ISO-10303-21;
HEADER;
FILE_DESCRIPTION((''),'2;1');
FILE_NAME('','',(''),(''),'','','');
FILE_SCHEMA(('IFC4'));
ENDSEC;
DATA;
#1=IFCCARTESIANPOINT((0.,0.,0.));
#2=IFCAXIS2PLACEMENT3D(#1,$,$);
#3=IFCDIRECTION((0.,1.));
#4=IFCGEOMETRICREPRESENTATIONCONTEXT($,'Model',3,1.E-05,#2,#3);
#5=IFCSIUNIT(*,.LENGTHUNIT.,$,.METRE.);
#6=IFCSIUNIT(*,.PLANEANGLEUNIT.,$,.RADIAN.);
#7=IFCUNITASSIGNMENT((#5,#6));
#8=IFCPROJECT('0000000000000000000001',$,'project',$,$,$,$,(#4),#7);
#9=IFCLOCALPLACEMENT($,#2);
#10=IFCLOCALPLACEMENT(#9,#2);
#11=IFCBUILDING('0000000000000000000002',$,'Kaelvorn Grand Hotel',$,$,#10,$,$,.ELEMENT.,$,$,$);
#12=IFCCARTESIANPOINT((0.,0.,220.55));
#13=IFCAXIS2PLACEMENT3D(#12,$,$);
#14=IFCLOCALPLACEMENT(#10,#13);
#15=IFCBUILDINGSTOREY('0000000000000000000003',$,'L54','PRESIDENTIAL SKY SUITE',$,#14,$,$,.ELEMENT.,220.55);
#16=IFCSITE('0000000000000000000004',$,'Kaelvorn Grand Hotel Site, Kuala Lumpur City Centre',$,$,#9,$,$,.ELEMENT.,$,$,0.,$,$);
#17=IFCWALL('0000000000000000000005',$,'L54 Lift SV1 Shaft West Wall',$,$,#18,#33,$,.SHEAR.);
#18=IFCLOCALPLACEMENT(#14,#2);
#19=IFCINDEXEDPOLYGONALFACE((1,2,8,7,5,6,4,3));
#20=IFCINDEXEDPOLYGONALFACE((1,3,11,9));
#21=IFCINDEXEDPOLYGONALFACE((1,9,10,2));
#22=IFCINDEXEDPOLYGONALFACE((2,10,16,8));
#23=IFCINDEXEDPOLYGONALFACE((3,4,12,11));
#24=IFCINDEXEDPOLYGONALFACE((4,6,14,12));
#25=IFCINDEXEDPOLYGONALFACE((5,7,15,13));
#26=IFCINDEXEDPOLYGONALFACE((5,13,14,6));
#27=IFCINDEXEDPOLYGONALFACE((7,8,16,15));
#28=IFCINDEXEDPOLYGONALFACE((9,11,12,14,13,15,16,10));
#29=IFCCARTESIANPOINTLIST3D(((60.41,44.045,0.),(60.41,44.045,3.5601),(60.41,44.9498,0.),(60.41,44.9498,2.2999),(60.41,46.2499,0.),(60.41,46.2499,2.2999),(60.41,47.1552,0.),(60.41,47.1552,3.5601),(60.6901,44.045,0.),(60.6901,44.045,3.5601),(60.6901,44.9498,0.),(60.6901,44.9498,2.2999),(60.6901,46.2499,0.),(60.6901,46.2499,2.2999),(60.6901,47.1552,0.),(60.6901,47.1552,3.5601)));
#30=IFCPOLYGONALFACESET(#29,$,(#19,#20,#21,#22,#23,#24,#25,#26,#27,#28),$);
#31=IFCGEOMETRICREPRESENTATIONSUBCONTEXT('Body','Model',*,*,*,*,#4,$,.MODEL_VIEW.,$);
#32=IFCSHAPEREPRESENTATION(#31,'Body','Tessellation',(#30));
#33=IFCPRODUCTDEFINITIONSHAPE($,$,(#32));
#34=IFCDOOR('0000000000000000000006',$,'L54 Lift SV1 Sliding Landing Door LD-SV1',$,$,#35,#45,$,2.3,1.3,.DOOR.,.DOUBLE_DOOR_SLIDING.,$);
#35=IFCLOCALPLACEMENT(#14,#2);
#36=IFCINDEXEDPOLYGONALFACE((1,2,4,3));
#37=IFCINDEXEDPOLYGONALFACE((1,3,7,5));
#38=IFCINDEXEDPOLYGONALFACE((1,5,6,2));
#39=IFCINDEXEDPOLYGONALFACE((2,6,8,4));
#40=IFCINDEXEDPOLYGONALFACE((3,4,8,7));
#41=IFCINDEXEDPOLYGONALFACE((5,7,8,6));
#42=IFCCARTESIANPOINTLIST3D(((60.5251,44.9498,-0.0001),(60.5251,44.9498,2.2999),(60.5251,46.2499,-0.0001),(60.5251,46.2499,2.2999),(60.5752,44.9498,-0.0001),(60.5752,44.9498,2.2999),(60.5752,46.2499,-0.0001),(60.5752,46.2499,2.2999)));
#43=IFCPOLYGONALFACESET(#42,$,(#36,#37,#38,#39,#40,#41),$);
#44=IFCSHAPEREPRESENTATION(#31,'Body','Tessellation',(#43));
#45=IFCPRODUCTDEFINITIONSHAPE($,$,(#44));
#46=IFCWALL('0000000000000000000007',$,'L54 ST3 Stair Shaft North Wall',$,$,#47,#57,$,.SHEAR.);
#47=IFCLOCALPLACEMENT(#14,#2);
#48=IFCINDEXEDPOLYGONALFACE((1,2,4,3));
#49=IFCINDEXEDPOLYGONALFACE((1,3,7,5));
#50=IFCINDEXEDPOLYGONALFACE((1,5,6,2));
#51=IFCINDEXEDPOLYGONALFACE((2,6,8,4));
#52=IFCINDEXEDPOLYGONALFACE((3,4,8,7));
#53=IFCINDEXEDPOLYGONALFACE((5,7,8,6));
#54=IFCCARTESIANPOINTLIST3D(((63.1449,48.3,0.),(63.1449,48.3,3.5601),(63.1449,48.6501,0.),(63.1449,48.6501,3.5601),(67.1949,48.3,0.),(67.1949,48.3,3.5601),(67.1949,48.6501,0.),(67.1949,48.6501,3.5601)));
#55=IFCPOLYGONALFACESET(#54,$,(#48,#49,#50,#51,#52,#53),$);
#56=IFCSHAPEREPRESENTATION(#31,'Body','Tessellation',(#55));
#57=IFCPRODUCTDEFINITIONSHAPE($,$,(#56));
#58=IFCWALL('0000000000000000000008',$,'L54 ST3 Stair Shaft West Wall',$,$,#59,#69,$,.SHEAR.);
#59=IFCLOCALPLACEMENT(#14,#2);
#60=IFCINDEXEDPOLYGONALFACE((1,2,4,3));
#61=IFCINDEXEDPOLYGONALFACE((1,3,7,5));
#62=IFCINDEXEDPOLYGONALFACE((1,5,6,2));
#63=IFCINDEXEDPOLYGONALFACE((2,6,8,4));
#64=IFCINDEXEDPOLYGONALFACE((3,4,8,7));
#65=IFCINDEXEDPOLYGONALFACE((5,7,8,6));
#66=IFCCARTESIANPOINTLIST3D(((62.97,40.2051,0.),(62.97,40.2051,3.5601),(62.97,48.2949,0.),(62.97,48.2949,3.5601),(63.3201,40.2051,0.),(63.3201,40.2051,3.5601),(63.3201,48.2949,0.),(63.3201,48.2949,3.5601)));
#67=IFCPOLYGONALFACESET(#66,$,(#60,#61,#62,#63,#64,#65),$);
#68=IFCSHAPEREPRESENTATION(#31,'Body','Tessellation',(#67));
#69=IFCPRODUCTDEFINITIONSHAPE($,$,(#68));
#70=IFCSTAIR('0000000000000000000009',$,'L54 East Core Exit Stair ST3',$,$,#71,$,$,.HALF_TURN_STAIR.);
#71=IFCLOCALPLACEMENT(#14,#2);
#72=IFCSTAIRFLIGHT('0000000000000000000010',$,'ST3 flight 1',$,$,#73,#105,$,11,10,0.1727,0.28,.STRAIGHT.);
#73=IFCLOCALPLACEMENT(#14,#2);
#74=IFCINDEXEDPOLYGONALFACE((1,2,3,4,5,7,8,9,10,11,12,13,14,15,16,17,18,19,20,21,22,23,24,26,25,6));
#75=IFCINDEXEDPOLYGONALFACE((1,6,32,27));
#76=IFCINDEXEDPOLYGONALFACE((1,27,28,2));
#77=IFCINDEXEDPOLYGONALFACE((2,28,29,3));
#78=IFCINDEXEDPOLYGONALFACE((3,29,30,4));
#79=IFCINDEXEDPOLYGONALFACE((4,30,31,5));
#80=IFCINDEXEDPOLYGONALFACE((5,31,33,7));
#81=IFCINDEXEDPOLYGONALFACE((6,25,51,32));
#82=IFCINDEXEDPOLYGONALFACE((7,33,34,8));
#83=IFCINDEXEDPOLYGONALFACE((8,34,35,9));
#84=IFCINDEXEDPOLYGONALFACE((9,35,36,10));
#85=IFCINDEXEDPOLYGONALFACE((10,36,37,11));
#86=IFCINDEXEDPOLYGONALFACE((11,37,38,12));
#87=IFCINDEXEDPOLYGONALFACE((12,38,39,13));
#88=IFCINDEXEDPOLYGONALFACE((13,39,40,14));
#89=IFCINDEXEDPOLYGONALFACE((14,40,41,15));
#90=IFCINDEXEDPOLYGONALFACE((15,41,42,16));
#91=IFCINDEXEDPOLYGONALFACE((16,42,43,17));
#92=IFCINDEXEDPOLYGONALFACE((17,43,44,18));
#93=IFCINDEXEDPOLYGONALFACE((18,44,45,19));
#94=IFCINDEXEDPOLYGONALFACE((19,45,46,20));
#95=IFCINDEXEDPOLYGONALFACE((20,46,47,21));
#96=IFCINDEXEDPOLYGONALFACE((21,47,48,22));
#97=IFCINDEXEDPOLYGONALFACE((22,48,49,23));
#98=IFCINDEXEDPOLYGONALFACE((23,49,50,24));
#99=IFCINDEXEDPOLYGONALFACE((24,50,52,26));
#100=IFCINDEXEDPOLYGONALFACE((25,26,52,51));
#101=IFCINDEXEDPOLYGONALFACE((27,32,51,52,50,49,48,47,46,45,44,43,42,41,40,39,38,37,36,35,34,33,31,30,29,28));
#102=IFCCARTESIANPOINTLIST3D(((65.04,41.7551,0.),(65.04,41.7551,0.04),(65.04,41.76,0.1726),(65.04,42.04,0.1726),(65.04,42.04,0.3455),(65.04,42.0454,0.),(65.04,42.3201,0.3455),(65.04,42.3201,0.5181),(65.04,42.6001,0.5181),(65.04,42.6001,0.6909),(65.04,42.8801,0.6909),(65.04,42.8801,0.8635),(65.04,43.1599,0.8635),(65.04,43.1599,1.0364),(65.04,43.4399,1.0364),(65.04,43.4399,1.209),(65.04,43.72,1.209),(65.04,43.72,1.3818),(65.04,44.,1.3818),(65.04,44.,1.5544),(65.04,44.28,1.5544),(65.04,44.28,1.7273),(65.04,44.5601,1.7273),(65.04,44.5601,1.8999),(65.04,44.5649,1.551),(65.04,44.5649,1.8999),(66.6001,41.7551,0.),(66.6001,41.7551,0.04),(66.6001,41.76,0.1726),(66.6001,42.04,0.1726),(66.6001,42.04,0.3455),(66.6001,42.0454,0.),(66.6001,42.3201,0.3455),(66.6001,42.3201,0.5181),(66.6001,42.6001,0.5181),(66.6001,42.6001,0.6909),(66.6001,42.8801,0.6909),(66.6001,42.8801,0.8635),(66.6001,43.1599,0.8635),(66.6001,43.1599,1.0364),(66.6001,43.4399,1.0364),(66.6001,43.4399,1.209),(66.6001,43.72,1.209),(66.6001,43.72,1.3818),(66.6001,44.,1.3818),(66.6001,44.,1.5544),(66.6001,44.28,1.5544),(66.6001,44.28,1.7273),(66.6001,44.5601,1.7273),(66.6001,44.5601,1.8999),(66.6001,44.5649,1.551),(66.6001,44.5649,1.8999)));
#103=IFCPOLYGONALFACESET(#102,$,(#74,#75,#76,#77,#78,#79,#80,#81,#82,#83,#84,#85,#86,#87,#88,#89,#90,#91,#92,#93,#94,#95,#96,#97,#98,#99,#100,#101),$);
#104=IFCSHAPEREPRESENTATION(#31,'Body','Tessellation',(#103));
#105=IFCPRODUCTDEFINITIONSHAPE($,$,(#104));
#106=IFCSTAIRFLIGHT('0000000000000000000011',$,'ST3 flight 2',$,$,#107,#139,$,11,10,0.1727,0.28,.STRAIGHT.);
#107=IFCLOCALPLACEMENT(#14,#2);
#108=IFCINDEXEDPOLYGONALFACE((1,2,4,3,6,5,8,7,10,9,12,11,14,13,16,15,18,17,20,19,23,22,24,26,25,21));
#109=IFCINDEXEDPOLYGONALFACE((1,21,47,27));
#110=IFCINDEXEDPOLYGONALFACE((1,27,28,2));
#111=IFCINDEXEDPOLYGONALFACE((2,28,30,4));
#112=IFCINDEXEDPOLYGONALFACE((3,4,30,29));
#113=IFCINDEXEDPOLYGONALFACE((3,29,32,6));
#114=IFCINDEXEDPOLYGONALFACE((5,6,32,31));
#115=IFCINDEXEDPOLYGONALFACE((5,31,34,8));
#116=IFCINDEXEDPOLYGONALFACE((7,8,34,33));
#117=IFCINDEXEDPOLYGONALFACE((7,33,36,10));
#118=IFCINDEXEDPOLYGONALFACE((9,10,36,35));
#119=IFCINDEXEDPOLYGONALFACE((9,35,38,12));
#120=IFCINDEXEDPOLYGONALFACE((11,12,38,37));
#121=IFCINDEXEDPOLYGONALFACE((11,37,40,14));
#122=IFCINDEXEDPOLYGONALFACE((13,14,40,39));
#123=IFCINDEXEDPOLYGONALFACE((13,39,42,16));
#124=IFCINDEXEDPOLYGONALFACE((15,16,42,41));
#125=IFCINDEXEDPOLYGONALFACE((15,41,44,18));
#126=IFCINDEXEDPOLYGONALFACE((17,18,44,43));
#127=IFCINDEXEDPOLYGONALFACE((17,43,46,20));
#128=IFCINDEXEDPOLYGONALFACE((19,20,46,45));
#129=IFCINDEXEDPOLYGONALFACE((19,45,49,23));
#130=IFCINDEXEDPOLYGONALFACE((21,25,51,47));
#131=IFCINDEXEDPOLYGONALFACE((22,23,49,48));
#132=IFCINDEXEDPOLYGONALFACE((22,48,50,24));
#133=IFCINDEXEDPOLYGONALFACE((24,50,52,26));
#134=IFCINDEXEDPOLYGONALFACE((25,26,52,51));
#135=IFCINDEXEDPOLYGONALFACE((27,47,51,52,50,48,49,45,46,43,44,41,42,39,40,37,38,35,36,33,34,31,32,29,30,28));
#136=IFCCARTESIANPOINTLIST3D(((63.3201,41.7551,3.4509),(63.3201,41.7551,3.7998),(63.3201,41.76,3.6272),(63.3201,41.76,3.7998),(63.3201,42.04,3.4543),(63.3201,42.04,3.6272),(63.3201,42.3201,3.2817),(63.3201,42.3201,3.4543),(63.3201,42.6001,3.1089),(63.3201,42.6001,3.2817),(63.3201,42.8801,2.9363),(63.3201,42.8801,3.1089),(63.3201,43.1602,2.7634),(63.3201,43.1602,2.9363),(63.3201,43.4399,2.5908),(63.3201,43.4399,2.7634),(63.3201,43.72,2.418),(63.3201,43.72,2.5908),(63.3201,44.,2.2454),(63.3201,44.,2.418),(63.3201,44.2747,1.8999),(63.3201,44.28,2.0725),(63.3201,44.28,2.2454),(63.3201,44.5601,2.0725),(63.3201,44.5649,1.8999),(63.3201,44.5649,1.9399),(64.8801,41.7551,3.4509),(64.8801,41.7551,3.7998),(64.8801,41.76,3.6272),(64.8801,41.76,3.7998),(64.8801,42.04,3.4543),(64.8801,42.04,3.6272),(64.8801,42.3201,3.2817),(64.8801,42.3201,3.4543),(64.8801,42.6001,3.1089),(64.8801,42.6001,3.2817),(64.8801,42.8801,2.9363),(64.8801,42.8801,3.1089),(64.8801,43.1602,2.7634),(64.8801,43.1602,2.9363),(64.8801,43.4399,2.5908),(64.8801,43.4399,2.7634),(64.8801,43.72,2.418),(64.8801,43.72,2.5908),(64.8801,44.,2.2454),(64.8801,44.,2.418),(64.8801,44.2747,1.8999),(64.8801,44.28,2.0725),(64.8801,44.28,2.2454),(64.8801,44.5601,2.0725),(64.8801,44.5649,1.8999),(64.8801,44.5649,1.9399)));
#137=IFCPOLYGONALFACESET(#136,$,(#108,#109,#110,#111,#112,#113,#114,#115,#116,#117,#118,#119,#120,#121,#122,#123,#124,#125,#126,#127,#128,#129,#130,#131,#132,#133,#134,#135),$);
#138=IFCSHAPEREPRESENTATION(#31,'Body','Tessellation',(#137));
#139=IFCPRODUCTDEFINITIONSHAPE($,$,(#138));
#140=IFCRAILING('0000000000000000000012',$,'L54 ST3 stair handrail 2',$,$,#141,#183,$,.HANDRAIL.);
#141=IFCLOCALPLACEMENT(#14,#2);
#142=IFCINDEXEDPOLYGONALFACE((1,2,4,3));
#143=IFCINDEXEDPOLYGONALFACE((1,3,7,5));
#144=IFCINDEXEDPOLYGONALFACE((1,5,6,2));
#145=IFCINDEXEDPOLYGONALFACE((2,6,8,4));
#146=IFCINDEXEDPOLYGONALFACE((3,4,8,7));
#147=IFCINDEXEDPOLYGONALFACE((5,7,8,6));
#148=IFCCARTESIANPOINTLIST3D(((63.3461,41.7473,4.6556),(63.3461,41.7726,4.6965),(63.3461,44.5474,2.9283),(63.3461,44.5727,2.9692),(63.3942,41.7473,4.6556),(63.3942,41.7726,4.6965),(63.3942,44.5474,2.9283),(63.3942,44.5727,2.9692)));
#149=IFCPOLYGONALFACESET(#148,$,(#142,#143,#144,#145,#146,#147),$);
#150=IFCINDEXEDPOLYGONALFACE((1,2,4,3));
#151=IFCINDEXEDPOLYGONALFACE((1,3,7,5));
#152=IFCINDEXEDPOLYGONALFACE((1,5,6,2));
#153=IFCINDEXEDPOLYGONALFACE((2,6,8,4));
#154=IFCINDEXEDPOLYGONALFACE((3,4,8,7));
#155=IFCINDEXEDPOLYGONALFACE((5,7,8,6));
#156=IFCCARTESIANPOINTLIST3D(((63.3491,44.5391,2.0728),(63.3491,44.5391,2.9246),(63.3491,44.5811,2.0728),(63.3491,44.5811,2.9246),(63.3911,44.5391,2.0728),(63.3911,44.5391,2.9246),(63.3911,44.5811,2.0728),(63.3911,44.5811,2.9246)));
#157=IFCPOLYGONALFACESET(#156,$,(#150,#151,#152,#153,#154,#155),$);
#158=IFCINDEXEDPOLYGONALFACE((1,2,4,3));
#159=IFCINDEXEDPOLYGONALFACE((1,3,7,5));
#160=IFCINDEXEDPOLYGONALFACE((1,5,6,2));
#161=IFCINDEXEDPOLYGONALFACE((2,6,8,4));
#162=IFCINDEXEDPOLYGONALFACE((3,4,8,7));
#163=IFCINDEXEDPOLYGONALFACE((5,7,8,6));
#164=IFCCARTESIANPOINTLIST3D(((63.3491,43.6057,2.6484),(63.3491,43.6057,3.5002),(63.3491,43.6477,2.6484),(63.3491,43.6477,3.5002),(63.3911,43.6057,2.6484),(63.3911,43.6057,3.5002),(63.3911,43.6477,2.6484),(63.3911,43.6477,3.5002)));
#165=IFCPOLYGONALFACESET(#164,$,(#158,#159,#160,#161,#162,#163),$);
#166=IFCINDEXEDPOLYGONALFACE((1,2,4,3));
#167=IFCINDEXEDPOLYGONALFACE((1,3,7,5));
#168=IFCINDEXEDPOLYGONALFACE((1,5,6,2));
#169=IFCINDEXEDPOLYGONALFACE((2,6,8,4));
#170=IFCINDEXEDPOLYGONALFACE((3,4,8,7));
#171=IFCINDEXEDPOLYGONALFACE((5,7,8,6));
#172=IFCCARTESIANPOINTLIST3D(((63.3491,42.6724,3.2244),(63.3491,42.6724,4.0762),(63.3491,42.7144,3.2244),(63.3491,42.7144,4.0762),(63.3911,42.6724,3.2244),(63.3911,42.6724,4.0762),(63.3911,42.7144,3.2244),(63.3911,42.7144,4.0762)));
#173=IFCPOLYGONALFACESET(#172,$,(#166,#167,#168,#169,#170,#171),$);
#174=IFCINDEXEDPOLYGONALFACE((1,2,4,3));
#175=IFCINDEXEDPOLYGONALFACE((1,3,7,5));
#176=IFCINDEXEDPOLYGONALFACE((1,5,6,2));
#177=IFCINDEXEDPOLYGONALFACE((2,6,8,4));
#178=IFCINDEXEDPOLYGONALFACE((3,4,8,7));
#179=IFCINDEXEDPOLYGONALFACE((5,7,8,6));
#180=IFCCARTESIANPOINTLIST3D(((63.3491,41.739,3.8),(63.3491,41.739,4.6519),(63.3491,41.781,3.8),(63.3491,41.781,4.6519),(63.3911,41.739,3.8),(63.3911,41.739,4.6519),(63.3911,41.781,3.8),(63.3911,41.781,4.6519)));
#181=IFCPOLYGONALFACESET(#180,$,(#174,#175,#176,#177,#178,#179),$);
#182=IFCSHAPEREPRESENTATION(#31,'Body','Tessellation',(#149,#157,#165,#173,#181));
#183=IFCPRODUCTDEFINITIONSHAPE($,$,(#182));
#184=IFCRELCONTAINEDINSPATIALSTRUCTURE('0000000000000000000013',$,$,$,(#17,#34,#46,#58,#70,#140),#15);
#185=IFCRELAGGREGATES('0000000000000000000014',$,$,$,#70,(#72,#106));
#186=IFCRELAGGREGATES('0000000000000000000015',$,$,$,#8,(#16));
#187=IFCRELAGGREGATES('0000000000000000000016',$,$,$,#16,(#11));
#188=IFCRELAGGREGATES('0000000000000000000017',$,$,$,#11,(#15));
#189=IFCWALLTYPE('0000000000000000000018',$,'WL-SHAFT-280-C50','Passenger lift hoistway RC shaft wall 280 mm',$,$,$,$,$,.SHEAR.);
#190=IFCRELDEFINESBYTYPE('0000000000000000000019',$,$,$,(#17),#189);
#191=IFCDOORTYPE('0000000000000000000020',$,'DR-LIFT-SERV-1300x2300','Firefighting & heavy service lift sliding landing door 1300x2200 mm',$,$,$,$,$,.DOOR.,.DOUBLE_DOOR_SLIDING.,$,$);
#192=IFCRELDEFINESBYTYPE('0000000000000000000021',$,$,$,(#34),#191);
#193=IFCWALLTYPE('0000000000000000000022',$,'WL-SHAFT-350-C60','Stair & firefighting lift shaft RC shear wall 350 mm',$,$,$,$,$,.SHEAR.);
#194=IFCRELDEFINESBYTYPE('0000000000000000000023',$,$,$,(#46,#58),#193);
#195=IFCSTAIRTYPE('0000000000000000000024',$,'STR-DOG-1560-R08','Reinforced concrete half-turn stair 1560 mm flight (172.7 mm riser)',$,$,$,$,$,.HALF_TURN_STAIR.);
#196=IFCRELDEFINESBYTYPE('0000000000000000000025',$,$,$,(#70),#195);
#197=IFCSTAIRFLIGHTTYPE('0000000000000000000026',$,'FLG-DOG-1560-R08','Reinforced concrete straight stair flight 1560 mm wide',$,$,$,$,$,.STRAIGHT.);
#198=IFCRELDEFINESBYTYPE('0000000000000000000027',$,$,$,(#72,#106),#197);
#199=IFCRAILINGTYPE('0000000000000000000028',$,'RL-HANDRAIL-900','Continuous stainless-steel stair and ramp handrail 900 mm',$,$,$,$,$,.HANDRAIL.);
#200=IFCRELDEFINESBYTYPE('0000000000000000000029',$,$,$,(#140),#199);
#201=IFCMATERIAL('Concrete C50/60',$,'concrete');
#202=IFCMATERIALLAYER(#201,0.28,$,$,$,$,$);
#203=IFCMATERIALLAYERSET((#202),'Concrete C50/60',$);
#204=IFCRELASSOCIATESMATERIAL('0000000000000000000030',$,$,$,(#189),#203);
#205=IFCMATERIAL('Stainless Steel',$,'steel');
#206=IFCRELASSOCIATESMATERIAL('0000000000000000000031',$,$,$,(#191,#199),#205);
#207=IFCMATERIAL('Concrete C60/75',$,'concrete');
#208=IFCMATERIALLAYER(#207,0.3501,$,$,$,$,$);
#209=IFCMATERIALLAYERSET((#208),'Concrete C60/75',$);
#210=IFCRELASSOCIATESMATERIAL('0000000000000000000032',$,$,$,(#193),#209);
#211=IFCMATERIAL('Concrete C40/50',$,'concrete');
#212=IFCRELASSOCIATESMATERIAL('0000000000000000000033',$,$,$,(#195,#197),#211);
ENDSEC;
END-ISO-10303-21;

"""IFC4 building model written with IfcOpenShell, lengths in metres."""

from ifc_helpers import new_model, si_unit, direction, frame, frame_2d, origin, origin_2d, place, context, subcontext, project, spatial, polyline, rectangle, outline, extrude, material, layer, layer_set, type_object, element, fill, aggregate, save


model = new_model("IFC4")

# Units and contexts
model_context = context("Model", 3, precision=1e-05, world=origin(), true_north=direction((0.0, 1.0)))
body_context = subcontext(model_context, "Body", "Model", "MODEL_VIEW")
ifc_project = project(units=[si_unit("LENGTHUNIT", "METRE"), si_unit("PLANEANGLEUNIT", "RADIAN")], contexts=[model_context])

# Site, building, storey
site_placement = place(None, origin())
site = spatial("IfcSite", under=ifc_project, at=site_placement, Name="Kaelvorn Grand Hotel Site, Kuala Lumpur City Centre", CompositionType="ELEMENT", RefElevation=0.0)
building_placement = place(site_placement, origin())
building = spatial("IfcBuilding", under=site, at=building_placement, Name="Kaelvorn Grand Hotel", CompositionType="ELEMENT")
storey_placement = place(building_placement, frame((0.0, 0.0, 220.55)))
storey = spatial("IfcBuildingStorey", under=building, at=storey_placement, Name="L54", Description="PRESIDENTIAL SKY SUITE", CompositionType="ELEMENT", Elevation=220.55)

# Shared definitions
ifc_material_1 = material(Name="Concrete C60/75", Category="concrete")

# Shared definitions
ifc_material_2 = material(Name="Concrete C50/60", Category="concrete")

# Shared definitions
ifc_material_3 = material(Name="Concrete C40/50", Category="concrete")

# Shared definitions
ifc_layer_1 = layer(ifc_material_2, 0.28)
ifc_layer_set_1 = layer_set([ifc_layer_1], Name="Concrete C50/60")
wall_type_1 = type_object("IfcWallType", Name="WL-SHAFT-280-C50", Description="Passenger lift hoistway RC shaft wall 280 mm", PredefinedType="SHEAR", material=ifc_layer_set_1)

# Shared definitions
ifc_material_4 = material(Name="Stainless Steel", Category="steel")
door_type_1 = type_object("IfcDoorType", Name="DR-LIFT-SERV-1300x2300", Description="Firefighting & heavy service lift sliding landing door 1300x2200 mm", OperationType="DOUBLE_DOOR_SLIDING", PredefinedType="DOOR", material=ifc_material_4)

# Wall, opening, door
wall_1_placement = place(storey_placement, frame((60.55, 44.0449, 0.0), z_axis=(0.0, 0.0, 1.0), x_axis=(0.0, 1.0, 0.0)))
wall_1 = element("IfcWall", 1, at=wall_1_placement, inside=storey, type_object=wall_type_1, Name="L54 Lift SV1 Shaft West Wall", PredefinedType="SHEAR", context=body_context, shape_type="SweptSolid", body=[
    extrude(rectangle(XDim=3.1101, YDim=0.28, at=frame_2d((1.5552, 0.0))), origin(), (0.0, 0.0, 1.0), 3.5601),
])
opening_1_placement = place(wall_1_placement, frame((0.905, 0.0, 0.0)))
opening_1 = element("IfcOpeningElement", 2, at=opening_1_placement, cuts=wall_1, PredefinedType="OPENING", context=body_context, shape_type="SweptSolid", body=[
    extrude(rectangle(XDim=1.3, YDim=2.3, at=frame_2d((0.6499, 1.1499))), frame((0.0, 0.1499, 0.0), z_axis=(0.0, -1.0, 0.0), x_axis=(1.0, 0.0, 0.0)), (0.0, 0.0, 1.0), 0.3),
])
door_1_placement = place(opening_1_placement, origin())
door_1 = element("IfcDoor", 3, at=door_1_placement, inside=storey, type_object=door_type_1, Name="L54 Lift SV1 Sliding Landing Door LD-SV1", OperationType="DOUBLE_DOOR_SLIDING", OverallHeight=2.3, OverallWidth=1.3, PredefinedType="DOOR", context=body_context, shape_type="SweptSolid", body=[
    extrude(rectangle(XDim=1.3, YDim=2.3, at=frame_2d((0.6499, 1.1499))), frame((0.0, 0.0249, 0.0), z_axis=(0.0, -1.0, 0.0), x_axis=(1.0, 0.0, 0.0)), (0.0, 0.0, 1.0), 0.05),
])
fill(opening_1, door_1)
ifc_layer_2 = layer(ifc_material_1, 0.3501)
ifc_layer_set_2 = layer_set([ifc_layer_2], Name="Concrete C60/75")
wall_type_2 = type_object("IfcWallType", Name="WL-SHAFT-350-C60", Description="Stair & firefighting lift shaft RC shear wall 350 mm", PredefinedType="SHEAR", material=ifc_layer_set_2)

# Walls
wall_2_placement = place(storey_placement, frame((63.145, 48.4751, 0.0), z_axis=(0.0, 0.0, 1.0), x_axis=(1.0, 0.0, 0.0)))
element("IfcWall", 4, at=wall_2_placement, inside=storey, type_object=wall_type_2, Name="L54 ST3 Stair Shaft North Wall", PredefinedType="SHEAR", context=body_context, shape_type="SweptSolid", body=[
    extrude(rectangle(XDim=4.05, YDim=0.3501, at=frame_2d((2.0249, 0.0))), origin(), (0.0, 0.0, 1.0), 3.5601),
])
wall_3_placement = place(storey_placement, frame((63.145, 40.2051, 0.0), z_axis=(0.0, 0.0, 1.0), x_axis=(0.0, 1.0, 0.0)))
element("IfcWall", 5, at=wall_3_placement, inside=storey, type_object=wall_type_2, Name="L54 ST3 Stair Shaft West Wall", PredefinedType="SHEAR", context=body_context, shape_type="SweptSolid", body=[
    extrude(rectangle(XDim=8.0898, YDim=0.3501, at=frame_2d((4.0449, 0.0))), origin(), (0.0, 0.0, 1.0), 3.5601),
])

# Stair, stair flights
stair_type = type_object("IfcStairType", Name="STR-DOG-1560-R08", Description="Reinforced concrete half-turn stair 1560 mm flight (172.7 mm riser)", PredefinedType="HALF_TURN_STAIR", material=ifc_material_3)
stair_placement = place(storey_placement, origin())
stair = element("IfcStair", 6, at=stair_placement, inside=storey, type_object=stair_type, Name="L54 East Core Exit Stair ST3", PredefinedType="HALF_TURN_STAIR")
stair_flight_type = type_object("IfcStairFlightType", Name="FLG-DOG-1560-R08", Description="Reinforced concrete straight stair flight 1560 mm wide", PredefinedType="STRAIGHT", material=ifc_material_3)
stair_flight_1_placement = place(storey_placement, frame((65.8201, 41.76, 0.0), z_axis=(0.0, 0.0, 1.0), x_axis=(0.0, 1.0, 0.0)))
stair_flight_1 = element("IfcStairFlight", 7, at=stair_flight_1_placement, type_object=stair_flight_type, Name="ST3 flight 1", NumberOfRisers=11, NumberOfTreads=10, PredefinedType="STRAIGHT", RiserHeight=0.1727, TreadLength=0.28, context=body_context, shape_type="SweptSolid", body=[
    extrude(outline(polyline([(-0.0049, 0.0), (-0.0049, 0.04), (0.0, 0.1726), (0.28, 0.1726), (0.28, 0.3455), (0.5601, 0.3455), (0.5601, 0.5181), (0.8401, 0.5181), (0.8401, 0.6909), (1.1201, 0.6909), (1.1201, 0.8635), (1.3999, 0.8635), (1.3999, 1.0364), (1.6799, 1.0364), (1.6799, 1.209), (1.96, 1.209), (1.96, 1.3818), (2.24, 1.3818), (2.24, 1.5544), (2.52, 1.5544), (2.52, 1.7273), (2.8, 1.7273), (2.8, 1.8999), (2.8049, 1.8999), (2.8049, 1.551), (0.2854, 0.0), (-0.0049, 0.0)])), frame((0.0, 0.78, 0.0), z_axis=(0.0, -1.0, 0.0), x_axis=(1.0, 0.0, 0.0)), (0.0, 0.0, 1.0), 1.5601),
])
stair_flight_2_placement = place(storey_placement, frame((64.1001, 44.5601, 1.8999), z_axis=(0.0, 0.0, 1.0), x_axis=(0.0, -1.0, 0.0)))
stair_flight_2 = element("IfcStairFlight", 8, at=stair_flight_2_placement, type_object=stair_flight_type, Name="ST3 flight 2", NumberOfRisers=11, NumberOfTreads=10, PredefinedType="STRAIGHT", RiserHeight=0.1727, TreadLength=0.28, context=body_context, shape_type="SweptSolid", body=[
    extrude(outline(polyline([(-0.0049, 0.0), (-0.0049, 0.04), (0.0, 0.1726), (0.28, 0.1726), (0.28, 0.3455), (0.5601, 0.3455), (0.5601, 0.5181), (0.8401, 0.5181), (0.8401, 0.6909), (1.1201, 0.6909), (1.1201, 0.8635), (1.3999, 0.8635), (1.3999, 1.0364), (1.6799, 1.0364), (1.6799, 1.209), (1.96, 1.209), (1.96, 1.3818), (2.24, 1.3818), (2.24, 1.5544), (2.52, 1.5544), (2.52, 1.7273), (2.8, 1.7273), (2.8, 1.8999), (2.8049, 1.8999), (2.8049, 1.551), (0.2854, 0.0), (-0.0049, 0.0)])), frame((0.0, 0.78, 0.0), z_axis=(0.0, -1.0, 0.0), x_axis=(1.0, 0.0, 0.0)), (0.0, 0.0, 1.0), 1.5601),
])
aggregate(stair, [stair_flight_1, stair_flight_2])

# Railing
railing_type_1 = type_object("IfcRailingType", Name="RL-HANDRAIL-900", Description="Continuous stainless-steel stair and ramp handrail 900 mm", PredefinedType="HANDRAIL", material=ifc_material_4)
railing_1_placement = place(storey_placement, frame((63.3701, 44.5601, 2.0728)))
element("IfcRailing", 9, at=railing_1_placement, inside=storey, type_object=railing_type_1, Name="L54 ST3 stair handrail 2", PredefinedType="HANDRAIL", context=body_context, shape_type="SweptSolid", body=[
    extrude(rectangle(XDim=0.0481, YDim=0.0481, at=origin_2d()), frame((0.0, 0.0, 0.876), z_axis=(0.0, -0.85109, 0.52502), x_axis=(1.0, 0.0, 0.0)), (0.0, 0.0, 1.0), 3.29),
    extrude(rectangle(XDim=0.042, YDim=0.042, at=origin_2d()), origin(), (0.0, 0.0, 1.0), 0.8518),
    extrude(rectangle(XDim=0.042, YDim=0.042, at=origin_2d()), frame((0.0, -0.9333, 0.5757)), (0.0, 0.0, 1.0), 0.8518),
    extrude(rectangle(XDim=0.042, YDim=0.042, at=origin_2d()), frame((0.0, -1.8667, 1.1516)), (0.0, 0.0, 1.0), 0.8518),
    extrude(rectangle(XDim=0.042, YDim=0.042, at=origin_2d()), frame((0.0, -2.8, 1.7273)), (0.0, 0.0, 1.0), 0.8518),
])

save(model, "model.ifc")
